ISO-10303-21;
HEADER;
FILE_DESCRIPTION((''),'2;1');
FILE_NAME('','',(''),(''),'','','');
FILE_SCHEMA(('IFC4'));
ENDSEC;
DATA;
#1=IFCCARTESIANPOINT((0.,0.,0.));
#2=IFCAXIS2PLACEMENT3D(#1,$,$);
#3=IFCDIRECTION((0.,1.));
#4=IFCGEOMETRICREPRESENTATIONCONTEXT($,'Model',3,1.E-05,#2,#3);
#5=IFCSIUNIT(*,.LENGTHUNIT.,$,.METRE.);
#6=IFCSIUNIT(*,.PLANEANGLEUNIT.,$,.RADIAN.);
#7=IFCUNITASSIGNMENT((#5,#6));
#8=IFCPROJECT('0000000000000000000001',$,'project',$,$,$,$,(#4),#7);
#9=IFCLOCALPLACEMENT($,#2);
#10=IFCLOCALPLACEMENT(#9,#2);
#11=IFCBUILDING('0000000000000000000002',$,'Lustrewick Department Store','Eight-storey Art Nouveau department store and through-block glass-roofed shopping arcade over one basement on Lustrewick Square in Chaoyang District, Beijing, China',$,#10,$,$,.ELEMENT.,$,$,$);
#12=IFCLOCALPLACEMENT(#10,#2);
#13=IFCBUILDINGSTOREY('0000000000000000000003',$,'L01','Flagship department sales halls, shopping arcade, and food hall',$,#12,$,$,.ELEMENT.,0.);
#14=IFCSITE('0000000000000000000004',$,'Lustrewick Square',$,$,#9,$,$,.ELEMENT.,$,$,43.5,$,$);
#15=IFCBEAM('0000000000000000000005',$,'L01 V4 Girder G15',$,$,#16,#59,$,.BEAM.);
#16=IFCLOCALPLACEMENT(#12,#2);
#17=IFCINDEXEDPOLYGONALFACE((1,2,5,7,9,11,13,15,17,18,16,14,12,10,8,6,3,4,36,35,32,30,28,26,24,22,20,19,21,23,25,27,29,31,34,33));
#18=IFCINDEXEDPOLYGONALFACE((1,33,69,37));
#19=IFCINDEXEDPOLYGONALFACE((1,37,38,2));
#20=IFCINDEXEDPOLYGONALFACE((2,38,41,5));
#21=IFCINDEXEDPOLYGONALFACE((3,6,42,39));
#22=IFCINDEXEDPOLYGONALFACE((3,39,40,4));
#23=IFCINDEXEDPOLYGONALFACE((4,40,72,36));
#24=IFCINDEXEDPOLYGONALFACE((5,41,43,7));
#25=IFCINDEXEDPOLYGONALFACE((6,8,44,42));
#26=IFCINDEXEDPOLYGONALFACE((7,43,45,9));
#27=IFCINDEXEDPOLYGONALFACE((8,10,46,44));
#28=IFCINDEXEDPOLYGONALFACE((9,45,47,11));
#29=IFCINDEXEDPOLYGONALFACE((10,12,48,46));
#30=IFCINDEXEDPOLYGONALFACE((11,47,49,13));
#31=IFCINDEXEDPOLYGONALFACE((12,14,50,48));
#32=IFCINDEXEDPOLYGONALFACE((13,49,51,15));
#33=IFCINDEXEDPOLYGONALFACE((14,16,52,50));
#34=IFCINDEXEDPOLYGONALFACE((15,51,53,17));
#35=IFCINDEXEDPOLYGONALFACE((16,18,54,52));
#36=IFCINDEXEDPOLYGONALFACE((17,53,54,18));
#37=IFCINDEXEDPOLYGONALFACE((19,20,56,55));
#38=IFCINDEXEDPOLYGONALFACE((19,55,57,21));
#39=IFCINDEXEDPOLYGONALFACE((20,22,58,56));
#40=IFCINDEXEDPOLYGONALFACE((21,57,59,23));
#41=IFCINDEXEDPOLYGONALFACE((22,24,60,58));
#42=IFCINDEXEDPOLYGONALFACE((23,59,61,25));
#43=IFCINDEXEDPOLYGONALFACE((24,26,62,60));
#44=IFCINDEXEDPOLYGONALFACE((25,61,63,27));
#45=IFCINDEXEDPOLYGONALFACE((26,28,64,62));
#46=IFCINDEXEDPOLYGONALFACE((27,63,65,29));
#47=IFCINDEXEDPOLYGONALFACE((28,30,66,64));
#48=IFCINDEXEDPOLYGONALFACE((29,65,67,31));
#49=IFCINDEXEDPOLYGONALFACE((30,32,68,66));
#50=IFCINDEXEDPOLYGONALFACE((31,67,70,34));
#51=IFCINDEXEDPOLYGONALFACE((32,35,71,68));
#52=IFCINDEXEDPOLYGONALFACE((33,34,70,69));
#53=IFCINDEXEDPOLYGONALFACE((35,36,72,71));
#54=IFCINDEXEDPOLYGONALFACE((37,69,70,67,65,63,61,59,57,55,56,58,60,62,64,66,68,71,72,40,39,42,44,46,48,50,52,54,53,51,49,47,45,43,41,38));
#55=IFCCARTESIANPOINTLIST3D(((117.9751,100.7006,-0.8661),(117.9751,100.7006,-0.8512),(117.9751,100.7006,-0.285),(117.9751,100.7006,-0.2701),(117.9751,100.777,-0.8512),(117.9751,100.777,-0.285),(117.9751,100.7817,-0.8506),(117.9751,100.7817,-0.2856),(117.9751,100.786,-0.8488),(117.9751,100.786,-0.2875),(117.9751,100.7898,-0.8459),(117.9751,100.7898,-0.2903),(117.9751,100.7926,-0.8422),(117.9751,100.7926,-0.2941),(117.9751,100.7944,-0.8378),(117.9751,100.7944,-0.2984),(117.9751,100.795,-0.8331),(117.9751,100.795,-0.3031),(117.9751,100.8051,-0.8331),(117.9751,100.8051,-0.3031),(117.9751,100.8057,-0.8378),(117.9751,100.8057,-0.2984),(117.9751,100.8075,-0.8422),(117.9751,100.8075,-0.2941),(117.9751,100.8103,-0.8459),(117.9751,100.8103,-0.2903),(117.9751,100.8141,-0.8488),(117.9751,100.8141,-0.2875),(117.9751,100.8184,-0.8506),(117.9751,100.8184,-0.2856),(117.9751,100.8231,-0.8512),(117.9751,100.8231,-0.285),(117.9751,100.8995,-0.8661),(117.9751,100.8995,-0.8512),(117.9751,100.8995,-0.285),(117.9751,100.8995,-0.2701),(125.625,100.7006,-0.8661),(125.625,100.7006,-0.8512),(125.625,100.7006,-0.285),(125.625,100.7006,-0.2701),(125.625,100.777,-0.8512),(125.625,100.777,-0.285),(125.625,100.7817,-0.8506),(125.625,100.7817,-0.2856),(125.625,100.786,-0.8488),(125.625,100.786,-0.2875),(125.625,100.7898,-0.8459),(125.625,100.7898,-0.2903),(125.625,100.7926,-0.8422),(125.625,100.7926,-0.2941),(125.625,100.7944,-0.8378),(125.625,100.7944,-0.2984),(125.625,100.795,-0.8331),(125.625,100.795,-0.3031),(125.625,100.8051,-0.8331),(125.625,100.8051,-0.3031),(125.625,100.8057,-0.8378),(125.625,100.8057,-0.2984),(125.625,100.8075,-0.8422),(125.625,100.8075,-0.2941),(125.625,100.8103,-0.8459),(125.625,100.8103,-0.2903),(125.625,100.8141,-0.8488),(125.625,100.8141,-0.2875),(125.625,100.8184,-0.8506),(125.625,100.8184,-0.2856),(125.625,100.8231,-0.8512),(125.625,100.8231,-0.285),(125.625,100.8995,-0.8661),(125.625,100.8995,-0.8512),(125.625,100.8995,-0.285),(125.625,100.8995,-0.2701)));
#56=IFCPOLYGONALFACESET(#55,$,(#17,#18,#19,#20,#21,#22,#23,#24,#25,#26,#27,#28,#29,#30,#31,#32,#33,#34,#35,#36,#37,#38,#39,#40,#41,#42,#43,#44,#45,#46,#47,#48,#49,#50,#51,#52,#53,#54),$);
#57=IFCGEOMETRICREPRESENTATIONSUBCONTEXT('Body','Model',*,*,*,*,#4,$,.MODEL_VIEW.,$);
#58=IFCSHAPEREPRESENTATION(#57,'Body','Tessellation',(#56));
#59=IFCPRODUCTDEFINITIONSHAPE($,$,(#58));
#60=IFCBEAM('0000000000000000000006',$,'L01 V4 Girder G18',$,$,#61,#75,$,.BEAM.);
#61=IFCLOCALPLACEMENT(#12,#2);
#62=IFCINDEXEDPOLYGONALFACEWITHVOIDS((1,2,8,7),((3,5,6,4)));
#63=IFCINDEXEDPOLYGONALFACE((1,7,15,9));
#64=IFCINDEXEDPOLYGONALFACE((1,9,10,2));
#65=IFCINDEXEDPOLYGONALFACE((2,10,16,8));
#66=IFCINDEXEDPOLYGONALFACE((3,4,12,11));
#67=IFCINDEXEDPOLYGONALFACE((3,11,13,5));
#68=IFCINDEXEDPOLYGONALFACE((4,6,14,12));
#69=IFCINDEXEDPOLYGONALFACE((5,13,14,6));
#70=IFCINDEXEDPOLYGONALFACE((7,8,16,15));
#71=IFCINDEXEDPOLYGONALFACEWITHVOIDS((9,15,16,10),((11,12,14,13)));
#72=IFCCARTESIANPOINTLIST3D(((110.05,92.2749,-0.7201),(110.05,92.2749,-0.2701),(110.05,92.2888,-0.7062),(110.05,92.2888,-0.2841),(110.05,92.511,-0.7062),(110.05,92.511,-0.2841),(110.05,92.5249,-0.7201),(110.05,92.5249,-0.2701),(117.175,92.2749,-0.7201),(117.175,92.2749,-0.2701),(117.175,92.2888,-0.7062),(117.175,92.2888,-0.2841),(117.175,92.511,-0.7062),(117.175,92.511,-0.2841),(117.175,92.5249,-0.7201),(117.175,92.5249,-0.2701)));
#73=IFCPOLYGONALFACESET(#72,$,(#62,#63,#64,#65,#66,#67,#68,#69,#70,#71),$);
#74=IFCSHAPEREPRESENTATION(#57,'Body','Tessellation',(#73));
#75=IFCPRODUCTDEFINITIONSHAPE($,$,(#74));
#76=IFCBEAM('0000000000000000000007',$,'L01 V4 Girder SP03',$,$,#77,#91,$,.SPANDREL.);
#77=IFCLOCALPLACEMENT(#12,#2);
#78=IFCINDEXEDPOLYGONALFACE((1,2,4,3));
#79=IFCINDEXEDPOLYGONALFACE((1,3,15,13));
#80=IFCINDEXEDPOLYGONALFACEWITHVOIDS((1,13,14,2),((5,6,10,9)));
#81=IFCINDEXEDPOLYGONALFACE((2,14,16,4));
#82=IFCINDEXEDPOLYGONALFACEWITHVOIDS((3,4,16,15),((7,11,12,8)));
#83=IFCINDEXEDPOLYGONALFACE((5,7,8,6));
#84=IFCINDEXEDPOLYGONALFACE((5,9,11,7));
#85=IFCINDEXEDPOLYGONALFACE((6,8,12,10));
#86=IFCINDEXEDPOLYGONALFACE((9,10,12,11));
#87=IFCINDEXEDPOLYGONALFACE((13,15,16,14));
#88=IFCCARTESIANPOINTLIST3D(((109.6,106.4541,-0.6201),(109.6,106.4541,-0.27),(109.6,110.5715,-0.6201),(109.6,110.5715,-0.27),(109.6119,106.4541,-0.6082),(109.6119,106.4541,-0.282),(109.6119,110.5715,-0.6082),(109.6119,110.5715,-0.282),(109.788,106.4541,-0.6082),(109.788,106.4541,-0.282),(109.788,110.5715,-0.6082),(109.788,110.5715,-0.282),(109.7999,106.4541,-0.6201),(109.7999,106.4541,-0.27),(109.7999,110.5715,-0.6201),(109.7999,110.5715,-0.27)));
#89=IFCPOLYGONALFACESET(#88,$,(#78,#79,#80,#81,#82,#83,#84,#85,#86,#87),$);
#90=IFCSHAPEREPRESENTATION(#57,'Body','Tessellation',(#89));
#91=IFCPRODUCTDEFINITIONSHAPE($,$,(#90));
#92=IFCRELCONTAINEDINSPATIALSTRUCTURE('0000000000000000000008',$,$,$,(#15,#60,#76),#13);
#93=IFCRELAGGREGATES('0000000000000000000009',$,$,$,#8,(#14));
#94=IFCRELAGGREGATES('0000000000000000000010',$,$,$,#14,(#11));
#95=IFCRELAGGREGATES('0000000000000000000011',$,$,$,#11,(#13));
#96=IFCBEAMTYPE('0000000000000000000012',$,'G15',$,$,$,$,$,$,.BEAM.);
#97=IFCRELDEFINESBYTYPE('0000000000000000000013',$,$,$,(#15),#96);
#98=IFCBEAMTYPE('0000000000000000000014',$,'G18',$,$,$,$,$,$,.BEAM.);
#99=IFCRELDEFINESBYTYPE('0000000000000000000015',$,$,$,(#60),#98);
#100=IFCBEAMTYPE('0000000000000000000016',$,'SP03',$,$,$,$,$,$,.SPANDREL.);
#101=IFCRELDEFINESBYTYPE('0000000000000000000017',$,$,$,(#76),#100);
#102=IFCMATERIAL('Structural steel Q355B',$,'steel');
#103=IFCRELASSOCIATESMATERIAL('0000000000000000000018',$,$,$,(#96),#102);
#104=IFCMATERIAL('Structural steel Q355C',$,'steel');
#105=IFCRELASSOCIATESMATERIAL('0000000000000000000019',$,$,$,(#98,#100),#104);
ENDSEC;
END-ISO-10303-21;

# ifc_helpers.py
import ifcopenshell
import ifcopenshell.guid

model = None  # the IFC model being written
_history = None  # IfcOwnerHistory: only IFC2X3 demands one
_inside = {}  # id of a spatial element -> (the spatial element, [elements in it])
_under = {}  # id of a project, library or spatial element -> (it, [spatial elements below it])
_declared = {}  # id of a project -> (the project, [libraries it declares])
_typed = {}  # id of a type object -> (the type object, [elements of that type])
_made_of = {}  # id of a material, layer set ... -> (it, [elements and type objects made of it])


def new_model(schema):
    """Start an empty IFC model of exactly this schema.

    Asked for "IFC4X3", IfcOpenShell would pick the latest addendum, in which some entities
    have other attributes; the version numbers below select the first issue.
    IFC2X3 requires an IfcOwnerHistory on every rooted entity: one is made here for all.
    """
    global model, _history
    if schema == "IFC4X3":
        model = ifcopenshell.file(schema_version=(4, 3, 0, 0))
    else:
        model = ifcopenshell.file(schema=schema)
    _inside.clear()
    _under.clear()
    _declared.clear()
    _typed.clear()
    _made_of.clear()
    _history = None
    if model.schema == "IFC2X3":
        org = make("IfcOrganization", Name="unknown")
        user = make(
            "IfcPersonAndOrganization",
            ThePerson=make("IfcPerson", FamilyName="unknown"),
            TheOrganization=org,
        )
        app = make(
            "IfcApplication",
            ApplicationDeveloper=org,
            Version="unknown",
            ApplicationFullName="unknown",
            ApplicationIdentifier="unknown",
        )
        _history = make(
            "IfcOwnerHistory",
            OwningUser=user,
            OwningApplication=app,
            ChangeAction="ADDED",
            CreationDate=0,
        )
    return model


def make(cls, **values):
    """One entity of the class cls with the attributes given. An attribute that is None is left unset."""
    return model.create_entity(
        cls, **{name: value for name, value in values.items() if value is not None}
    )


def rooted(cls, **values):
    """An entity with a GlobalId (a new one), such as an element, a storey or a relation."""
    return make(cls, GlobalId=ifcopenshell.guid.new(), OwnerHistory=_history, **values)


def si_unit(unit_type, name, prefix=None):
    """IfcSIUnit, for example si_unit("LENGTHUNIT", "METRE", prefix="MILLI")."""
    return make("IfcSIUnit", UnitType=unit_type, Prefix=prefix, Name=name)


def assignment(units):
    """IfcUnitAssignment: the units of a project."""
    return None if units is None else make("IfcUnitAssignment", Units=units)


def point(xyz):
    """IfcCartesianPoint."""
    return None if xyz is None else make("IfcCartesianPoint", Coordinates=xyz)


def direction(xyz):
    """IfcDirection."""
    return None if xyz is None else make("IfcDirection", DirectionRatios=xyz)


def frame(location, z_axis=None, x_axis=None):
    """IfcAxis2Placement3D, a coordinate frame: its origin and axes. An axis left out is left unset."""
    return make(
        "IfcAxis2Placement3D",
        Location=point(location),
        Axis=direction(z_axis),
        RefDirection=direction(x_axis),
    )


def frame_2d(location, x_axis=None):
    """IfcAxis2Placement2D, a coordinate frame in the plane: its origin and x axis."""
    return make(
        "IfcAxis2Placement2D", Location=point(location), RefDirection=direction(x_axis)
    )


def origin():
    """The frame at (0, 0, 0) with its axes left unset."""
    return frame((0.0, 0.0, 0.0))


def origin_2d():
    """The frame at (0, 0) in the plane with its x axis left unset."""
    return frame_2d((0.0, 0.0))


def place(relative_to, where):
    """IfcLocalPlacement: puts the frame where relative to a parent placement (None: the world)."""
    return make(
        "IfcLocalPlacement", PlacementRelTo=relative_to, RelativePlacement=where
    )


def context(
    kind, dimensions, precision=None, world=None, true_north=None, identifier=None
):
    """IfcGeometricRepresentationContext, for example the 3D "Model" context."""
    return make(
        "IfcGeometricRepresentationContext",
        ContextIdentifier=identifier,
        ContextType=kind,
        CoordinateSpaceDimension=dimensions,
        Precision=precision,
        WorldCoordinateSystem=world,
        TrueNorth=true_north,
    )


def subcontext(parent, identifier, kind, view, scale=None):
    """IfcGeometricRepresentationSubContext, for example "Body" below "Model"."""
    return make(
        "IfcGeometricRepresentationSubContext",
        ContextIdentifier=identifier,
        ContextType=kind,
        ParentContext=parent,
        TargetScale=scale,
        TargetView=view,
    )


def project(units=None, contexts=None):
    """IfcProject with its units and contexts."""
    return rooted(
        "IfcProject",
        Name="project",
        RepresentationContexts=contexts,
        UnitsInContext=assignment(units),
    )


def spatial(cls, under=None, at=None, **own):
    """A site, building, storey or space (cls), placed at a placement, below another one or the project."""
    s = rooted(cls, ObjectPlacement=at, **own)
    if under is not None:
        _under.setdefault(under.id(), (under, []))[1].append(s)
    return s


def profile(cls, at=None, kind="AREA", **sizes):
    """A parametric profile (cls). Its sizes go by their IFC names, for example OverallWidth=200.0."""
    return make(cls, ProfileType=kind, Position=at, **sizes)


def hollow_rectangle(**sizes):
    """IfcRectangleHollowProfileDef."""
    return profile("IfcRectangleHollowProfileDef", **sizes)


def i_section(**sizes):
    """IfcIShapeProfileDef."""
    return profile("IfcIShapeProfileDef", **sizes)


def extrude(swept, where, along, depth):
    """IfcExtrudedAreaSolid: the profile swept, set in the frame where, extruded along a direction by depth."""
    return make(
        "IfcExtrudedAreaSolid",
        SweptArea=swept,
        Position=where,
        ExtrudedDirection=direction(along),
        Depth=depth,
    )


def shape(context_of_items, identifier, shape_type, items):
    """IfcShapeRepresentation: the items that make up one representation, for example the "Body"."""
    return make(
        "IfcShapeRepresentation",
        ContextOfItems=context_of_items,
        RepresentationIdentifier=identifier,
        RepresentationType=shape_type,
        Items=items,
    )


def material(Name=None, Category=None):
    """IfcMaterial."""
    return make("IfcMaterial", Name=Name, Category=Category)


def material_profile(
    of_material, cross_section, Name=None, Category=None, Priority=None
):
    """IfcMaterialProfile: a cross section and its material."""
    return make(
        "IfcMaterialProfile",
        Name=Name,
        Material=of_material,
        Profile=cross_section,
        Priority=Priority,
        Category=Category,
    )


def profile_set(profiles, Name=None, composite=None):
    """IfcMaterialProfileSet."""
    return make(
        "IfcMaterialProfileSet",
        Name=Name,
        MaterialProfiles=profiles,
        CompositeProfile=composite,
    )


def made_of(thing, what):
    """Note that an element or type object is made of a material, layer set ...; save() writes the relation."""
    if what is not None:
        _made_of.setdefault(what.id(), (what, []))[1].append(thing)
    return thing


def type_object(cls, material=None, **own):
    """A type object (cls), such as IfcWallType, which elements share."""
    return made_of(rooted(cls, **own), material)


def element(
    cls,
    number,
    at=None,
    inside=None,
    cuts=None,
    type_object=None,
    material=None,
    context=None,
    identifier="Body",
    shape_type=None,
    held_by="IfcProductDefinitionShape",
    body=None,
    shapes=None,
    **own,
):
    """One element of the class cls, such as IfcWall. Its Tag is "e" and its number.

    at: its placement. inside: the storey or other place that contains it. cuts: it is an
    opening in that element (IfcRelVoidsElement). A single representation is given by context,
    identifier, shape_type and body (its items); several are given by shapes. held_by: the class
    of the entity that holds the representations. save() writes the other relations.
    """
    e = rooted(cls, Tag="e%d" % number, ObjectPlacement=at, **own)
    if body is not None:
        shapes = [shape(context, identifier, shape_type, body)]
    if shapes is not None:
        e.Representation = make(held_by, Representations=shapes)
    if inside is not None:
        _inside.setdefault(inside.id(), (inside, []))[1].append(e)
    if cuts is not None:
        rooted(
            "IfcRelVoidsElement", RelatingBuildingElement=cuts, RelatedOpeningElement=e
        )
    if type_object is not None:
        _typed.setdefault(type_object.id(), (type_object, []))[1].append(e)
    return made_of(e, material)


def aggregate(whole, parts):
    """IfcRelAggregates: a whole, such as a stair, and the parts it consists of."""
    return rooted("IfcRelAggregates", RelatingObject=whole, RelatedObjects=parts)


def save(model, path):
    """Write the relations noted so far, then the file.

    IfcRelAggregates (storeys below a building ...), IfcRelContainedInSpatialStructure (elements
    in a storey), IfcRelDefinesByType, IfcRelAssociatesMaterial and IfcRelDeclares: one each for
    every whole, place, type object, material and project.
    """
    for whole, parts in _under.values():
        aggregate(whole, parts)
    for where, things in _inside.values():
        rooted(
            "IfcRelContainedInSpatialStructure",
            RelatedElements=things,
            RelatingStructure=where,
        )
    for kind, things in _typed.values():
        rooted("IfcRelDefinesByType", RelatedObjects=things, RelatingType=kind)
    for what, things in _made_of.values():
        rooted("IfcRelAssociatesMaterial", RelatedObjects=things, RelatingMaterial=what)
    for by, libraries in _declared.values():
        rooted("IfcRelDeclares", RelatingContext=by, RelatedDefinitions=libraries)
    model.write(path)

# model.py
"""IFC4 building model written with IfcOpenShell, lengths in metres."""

from ifc_helpers import new_model, si_unit, direction, frame, origin, origin_2d, place, context, subcontext, project, spatial, hollow_rectangle, i_section, extrude, material, material_profile, profile_set, type_object, element, save


model = new_model("IFC4")

# Units and contexts
model_context = context("Model", 3, precision=1e-05, world=origin(), true_north=direction((0.0, 1.0)))
body_context = subcontext(model_context, "Body", "Model", "MODEL_VIEW")
ifc_project = project(units=[si_unit("LENGTHUNIT", "METRE"), si_unit("PLANEANGLEUNIT", "RADIAN")], contexts=[model_context])

# Site, building, storey
site_placement = place(None, origin())
site = spatial("IfcSite", under=ifc_project, at=site_placement, Name="Lustrewick Square", CompositionType="ELEMENT", RefElevation=43.5)
building_placement = place(site_placement, origin())
building = spatial("IfcBuilding", under=site, at=building_placement, Name="Lustrewick Department Store", Description="Eight-storey Art Nouveau department store and through-block glass-roofed shopping arcade over one basement on Lustrewick Square in Chaoyang District, Beijing, China", CompositionType="ELEMENT")
storey_placement = place(building_placement, origin())
storey = spatial("IfcBuildingStorey", under=building, at=storey_placement, Name="L01", Description="Flagship department sales halls, shopping arcade, and food hall", CompositionType="ELEMENT", Elevation=0.0)

# Shared definitions
ifc_material_1 = material(Name="Structural steel Q355C", Category="steel")
ifc_material_2 = material(Name="Structural steel Q355B", Category="steel")

# Beams
ifc_material_profile_1 = material_profile(ifc_material_2, i_section(OverallWidth=0.199, OverallDepth=0.5959, WebThickness=0.01, FlangeThickness=0.0149, FilletRadius=0.0181, at=origin_2d()), Name="HN 596x199x10x15")
ifc_profile_set_1 = profile_set([ifc_material_profile_1], Name="Structural steel Q355B")
beam_type_1 = type_object("IfcBeamType", Name="G15", PredefinedType="BEAM", material=ifc_profile_set_1)
beam_1_placement = place(storey_placement, frame((117.9751, 100.8, -0.5681), z_axis=(1.0, 0.0, 0.0), x_axis=(0.0, 1.0, 0.0)))
element("IfcBeam", 1, at=beam_1_placement, inside=storey, type_object=beam_type_1, Name="L01 V4 Girder G15", PredefinedType="BEAM", context=body_context, shape_type="SweptSolid", body=[
    extrude(i_section(OverallWidth=0.199, OverallDepth=0.5959, WebThickness=0.01, FlangeThickness=0.0149, FilletRadius=0.0181, at=origin_2d()), origin(), (0.0, 0.0, 1.0), 7.6499),
])
ifc_material_profile_2 = material_profile(ifc_material_1, hollow_rectangle(XDim=0.25, YDim=0.45, WallThickness=0.0139, at=origin_2d()), Name="RHS 450x250x14")
ifc_profile_set_2 = profile_set([ifc_material_profile_2], Name="Structural steel Q355C")
beam_type_2 = type_object("IfcBeamType", Name="G18", PredefinedType="BEAM", material=ifc_profile_set_2)
beam_2_placement = place(storey_placement, frame((110.05, 92.3999, -0.4951), z_axis=(1.0, 0.0, 0.0), x_axis=(0.0, 1.0, 0.0)))
element("IfcBeam", 2, at=beam_2_placement, inside=storey, type_object=beam_type_2, Name="L01 V4 Girder G18", PredefinedType="BEAM", context=body_context, shape_type="SweptSolid", body=[
    extrude(hollow_rectangle(XDim=0.25, YDim=0.45, WallThickness=0.0139, at=origin_2d()), origin(), (0.0, 0.0, 1.0), 7.125),
])
ifc_material_profile_3 = material_profile(ifc_material_1, hollow_rectangle(XDim=0.2, YDim=0.3501, WallThickness=0.012, at=origin_2d()), Name="RHS 350x200x12")
ifc_profile_set_3 = profile_set([ifc_material_profile_3], Name="Structural steel Q355C")
beam_type_3 = type_object("IfcBeamType", Name="SP03", PredefinedType="SPANDREL", material=ifc_profile_set_3)
beam_3_placement = place(storey_placement, frame((109.7, 106.4541, -0.4451), z_axis=(0.0, 1.0, 0.0), x_axis=(-1.0, 0.0, 0.0)))
element("IfcBeam", 3, at=beam_3_placement, inside=storey, type_object=beam_type_3, Name="L01 V4 Girder SP03", PredefinedType="SPANDREL", context=body_context, shape_type="SweptSolid", body=[
    extrude(hollow_rectangle(XDim=0.2, YDim=0.3501, WallThickness=0.012, at=origin_2d()), origin(), (0.0, 0.0, 1.0), 4.1174),
])

save(model, "model.ifc")
